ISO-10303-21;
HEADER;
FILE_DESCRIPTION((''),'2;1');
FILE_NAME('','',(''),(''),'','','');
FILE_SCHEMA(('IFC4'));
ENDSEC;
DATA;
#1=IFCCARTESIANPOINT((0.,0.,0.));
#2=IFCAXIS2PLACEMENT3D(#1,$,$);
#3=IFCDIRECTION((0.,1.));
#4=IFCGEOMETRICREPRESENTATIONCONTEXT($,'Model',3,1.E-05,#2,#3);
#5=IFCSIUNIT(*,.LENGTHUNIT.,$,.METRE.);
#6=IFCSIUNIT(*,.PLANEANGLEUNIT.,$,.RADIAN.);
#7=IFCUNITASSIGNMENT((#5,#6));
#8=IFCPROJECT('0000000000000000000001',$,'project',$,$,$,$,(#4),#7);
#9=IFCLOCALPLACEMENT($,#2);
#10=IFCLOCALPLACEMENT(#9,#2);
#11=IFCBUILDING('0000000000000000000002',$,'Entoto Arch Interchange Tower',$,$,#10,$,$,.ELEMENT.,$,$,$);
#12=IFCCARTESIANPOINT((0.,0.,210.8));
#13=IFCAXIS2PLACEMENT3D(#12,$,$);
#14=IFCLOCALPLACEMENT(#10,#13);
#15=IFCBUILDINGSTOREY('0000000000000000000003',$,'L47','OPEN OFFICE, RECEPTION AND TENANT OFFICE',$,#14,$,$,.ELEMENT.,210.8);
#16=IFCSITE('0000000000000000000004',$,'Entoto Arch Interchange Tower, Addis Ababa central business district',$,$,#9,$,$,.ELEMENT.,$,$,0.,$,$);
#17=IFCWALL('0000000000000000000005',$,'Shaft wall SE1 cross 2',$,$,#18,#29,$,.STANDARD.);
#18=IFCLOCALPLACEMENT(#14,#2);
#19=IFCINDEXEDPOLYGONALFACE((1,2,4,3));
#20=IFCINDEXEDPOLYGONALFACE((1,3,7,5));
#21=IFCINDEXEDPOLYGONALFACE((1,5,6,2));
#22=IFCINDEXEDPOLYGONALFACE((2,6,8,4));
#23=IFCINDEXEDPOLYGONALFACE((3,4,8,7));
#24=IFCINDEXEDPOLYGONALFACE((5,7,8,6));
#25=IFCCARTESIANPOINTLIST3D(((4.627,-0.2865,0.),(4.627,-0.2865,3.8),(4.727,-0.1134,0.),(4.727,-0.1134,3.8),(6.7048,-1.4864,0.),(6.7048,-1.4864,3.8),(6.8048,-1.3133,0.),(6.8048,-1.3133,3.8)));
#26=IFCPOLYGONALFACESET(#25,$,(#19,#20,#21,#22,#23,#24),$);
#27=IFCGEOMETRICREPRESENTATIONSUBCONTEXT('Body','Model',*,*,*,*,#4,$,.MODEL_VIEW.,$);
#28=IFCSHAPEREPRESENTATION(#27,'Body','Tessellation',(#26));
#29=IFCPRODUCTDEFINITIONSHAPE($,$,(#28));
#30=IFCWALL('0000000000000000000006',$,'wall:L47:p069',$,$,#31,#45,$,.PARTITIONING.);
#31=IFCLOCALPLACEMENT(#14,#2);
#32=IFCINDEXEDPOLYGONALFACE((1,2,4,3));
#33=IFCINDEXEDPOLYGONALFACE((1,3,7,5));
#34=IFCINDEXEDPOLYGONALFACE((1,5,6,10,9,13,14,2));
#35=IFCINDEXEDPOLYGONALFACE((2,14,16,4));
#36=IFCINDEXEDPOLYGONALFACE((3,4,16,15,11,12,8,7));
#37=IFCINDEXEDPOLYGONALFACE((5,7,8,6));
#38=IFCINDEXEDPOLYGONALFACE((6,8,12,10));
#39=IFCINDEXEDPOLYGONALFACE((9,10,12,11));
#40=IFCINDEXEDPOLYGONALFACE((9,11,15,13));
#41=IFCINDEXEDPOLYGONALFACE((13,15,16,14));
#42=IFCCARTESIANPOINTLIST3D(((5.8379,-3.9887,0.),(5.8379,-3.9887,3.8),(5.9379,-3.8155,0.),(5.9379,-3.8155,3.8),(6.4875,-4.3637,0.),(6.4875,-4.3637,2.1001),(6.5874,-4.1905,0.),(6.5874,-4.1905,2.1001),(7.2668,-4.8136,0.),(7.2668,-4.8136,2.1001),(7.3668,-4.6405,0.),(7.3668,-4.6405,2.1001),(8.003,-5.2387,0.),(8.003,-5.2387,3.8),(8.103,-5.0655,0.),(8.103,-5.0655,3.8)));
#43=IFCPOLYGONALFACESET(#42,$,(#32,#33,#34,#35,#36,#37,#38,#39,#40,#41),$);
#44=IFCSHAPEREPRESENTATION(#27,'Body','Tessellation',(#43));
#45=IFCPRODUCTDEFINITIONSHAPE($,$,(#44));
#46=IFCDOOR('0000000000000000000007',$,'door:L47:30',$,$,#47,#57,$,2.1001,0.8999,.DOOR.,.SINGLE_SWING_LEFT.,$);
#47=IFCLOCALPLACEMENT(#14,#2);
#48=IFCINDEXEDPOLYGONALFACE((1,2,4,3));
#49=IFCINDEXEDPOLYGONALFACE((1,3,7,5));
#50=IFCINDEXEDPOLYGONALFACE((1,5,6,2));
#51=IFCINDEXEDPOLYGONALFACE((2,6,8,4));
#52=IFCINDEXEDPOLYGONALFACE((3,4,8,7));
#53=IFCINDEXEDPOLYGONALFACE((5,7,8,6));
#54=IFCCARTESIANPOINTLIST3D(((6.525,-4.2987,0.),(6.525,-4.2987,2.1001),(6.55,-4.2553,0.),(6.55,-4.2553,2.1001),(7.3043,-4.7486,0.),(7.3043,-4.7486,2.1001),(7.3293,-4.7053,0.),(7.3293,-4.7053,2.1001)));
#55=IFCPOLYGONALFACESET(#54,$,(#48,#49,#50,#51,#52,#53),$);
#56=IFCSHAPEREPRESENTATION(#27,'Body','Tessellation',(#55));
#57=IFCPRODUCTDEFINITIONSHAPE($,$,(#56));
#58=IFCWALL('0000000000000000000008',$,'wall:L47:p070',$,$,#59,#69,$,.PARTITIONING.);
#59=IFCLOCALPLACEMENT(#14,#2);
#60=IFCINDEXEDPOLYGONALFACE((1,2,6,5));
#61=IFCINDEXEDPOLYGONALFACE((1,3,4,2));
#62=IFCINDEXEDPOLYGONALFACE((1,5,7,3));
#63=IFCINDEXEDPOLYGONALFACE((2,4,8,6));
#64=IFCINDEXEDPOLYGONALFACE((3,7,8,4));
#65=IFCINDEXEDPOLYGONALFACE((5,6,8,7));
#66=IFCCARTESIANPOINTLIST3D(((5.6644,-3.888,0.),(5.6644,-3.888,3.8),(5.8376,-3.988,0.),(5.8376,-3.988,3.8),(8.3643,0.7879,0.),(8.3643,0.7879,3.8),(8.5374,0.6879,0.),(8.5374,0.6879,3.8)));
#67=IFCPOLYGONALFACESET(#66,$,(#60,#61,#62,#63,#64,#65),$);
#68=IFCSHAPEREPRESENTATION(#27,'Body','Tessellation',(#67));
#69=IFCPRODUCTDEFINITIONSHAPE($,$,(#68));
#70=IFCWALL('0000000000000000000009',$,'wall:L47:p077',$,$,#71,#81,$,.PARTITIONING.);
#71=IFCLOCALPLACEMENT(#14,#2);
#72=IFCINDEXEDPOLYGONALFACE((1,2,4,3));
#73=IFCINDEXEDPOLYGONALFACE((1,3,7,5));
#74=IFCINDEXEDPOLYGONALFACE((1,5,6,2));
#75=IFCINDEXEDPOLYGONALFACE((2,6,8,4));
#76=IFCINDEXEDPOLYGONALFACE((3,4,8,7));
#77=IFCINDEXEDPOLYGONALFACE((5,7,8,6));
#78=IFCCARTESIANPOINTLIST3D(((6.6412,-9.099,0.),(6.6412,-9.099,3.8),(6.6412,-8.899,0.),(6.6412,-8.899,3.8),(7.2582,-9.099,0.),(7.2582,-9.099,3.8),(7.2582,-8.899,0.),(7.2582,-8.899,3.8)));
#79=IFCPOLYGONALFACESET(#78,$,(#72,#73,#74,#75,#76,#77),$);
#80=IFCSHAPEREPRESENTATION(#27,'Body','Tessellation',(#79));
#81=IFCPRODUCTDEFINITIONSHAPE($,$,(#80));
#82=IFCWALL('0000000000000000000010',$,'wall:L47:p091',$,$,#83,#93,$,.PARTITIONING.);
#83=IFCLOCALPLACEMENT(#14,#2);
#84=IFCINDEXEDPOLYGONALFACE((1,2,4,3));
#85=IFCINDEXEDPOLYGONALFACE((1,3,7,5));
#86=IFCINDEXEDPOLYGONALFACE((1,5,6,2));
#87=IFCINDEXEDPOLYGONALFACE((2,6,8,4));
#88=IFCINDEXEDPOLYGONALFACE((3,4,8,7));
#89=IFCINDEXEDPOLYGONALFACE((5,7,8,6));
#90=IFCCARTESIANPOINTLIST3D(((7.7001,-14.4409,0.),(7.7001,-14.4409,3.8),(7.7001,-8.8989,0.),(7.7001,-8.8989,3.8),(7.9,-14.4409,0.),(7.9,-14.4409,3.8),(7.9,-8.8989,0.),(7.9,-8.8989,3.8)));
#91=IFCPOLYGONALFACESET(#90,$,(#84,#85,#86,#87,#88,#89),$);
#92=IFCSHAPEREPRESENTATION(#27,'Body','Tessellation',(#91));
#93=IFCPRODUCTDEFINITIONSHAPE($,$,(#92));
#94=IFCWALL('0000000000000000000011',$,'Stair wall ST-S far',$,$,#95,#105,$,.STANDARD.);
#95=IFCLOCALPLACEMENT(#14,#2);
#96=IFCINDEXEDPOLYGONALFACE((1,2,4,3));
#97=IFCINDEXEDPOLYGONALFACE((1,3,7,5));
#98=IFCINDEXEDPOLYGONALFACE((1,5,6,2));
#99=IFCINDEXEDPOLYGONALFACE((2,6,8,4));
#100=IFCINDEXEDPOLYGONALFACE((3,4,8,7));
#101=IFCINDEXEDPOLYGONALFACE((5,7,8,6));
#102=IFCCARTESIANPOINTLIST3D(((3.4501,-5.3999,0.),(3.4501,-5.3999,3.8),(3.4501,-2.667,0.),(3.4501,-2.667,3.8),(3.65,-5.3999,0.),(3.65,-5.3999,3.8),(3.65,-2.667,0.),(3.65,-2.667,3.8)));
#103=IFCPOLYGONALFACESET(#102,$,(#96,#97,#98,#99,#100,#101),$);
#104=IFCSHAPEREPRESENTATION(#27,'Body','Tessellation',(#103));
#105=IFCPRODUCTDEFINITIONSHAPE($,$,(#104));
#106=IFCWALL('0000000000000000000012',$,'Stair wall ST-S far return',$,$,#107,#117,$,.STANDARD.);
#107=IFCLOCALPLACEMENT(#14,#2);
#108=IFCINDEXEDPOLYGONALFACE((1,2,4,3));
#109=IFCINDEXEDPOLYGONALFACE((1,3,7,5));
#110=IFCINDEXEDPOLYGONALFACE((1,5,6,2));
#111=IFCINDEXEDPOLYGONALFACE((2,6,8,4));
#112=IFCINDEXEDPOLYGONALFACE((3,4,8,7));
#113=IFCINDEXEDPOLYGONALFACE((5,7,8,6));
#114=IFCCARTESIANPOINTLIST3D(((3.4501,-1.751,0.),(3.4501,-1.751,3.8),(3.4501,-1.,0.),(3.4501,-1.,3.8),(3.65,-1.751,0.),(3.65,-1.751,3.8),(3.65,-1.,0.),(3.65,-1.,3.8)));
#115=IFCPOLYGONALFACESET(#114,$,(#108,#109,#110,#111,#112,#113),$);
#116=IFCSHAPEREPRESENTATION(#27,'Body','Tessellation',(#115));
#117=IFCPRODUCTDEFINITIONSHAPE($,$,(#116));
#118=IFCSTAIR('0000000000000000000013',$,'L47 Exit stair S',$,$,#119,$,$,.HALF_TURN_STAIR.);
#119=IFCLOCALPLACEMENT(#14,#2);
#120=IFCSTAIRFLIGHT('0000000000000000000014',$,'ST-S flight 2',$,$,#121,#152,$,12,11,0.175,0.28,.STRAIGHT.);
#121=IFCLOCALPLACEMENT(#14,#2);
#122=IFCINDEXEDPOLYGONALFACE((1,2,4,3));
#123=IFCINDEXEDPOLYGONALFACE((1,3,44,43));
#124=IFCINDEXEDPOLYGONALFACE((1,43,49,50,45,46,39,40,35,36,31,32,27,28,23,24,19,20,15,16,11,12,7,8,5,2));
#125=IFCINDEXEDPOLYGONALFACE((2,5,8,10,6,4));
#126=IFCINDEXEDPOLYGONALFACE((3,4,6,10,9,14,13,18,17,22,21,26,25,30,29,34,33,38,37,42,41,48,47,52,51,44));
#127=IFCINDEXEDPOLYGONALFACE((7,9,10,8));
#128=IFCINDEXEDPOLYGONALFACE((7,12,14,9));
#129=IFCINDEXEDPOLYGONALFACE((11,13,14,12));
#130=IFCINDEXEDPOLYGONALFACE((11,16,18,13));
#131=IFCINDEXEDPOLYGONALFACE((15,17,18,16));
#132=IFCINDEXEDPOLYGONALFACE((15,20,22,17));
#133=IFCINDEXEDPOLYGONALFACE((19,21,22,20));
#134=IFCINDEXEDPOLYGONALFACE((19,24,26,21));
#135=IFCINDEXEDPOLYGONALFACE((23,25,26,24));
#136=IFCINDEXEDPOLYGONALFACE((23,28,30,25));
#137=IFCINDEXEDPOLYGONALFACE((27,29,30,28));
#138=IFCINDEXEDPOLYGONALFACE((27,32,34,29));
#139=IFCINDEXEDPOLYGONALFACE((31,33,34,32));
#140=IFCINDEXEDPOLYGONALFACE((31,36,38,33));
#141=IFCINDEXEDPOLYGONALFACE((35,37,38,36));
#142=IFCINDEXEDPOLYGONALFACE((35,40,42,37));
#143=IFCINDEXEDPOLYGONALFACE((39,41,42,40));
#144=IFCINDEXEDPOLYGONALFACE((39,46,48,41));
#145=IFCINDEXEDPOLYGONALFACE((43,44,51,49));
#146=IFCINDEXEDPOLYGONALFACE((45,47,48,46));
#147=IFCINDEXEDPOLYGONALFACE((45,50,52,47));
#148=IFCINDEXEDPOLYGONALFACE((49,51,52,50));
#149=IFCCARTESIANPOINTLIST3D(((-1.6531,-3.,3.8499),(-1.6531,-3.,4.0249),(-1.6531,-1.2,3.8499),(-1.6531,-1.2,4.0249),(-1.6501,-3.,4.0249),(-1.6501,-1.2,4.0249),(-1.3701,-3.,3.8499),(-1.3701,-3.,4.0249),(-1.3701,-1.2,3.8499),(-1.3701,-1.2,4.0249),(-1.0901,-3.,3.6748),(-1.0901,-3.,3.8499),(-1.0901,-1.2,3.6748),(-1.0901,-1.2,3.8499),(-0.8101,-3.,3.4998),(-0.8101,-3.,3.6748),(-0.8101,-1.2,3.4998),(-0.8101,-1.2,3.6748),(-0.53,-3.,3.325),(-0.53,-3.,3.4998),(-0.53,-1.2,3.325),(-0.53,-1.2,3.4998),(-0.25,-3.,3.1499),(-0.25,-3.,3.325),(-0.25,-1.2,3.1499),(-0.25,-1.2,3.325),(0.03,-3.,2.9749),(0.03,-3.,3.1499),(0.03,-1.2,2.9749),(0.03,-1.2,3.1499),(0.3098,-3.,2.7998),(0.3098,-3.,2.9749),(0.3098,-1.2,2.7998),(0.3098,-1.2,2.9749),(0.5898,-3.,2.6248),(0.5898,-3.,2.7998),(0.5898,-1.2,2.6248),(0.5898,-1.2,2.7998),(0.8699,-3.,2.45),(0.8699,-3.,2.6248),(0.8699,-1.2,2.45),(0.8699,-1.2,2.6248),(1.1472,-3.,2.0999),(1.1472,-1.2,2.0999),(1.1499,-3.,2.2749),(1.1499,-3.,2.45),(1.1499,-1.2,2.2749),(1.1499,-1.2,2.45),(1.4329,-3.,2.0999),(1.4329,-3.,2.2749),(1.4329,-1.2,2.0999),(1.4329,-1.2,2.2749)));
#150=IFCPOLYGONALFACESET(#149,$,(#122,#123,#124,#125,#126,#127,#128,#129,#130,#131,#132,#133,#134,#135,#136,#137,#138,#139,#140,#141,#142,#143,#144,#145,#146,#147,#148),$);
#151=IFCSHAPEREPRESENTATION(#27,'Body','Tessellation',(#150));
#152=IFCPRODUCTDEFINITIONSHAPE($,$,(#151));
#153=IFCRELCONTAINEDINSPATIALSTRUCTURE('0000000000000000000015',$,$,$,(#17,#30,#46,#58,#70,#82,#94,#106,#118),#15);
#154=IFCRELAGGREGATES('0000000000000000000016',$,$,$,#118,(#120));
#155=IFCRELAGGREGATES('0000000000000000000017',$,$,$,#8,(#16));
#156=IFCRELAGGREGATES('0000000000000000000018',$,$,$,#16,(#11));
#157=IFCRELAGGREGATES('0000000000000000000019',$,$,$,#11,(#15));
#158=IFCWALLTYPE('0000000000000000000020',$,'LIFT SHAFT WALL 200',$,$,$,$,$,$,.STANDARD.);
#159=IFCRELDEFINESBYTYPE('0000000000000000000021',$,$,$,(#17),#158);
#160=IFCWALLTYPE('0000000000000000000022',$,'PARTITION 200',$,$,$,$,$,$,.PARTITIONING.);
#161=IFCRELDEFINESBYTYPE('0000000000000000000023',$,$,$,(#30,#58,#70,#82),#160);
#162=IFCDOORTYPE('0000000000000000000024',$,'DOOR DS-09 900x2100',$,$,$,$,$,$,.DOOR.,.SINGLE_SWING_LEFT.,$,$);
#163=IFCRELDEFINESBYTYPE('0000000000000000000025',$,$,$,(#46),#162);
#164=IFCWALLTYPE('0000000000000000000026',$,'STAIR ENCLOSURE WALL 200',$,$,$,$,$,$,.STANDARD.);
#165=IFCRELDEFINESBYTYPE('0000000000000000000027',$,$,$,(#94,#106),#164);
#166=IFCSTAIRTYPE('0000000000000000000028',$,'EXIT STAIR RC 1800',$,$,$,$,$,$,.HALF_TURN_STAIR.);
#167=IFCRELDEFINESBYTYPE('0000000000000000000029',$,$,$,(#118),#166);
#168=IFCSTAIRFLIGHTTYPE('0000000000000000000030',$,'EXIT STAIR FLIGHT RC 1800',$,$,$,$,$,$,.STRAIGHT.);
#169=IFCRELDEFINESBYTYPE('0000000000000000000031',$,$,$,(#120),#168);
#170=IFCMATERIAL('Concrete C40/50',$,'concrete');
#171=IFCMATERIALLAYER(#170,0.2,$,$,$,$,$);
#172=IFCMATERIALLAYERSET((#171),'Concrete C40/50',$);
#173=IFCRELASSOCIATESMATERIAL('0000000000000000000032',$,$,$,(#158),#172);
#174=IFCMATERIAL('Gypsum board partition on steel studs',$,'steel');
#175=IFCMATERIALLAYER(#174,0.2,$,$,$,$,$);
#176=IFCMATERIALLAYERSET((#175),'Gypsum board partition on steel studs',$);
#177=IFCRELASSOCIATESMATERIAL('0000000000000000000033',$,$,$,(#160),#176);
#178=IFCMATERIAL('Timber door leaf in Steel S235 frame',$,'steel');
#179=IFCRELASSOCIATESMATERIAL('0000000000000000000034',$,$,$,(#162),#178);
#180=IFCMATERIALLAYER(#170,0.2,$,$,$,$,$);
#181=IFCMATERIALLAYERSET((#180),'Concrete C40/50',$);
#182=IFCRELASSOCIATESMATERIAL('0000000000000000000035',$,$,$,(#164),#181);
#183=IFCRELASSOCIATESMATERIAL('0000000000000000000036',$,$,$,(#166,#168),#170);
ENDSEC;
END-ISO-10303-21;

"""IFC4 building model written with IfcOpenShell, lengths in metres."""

from ifc_helpers import new_model, si_unit, direction, frame, frame_2d, origin, place, context, subcontext, project, spatial, polyline, rectangle, outline, extrude, material, layer, layer_set, type_object, element, fill, aggregate, save


model = new_model("IFC4")

# Units and contexts
model_context = context("Model", 3, precision=1e-05, world=origin(), true_north=direction((0.0, 1.0)))
body_context = subcontext(model_context, "Body", "Model", "MODEL_VIEW")
ifc_project = project(units=[si_unit("LENGTHUNIT", "METRE"), si_unit("PLANEANGLEUNIT", "RADIAN")], contexts=[model_context])

# Site, building, storey
site_placement = place(None, origin())
site = spatial("IfcSite", under=ifc_project, at=site_placement, Name="Entoto Arch Interchange Tower, Addis Ababa central business district", CompositionType="ELEMENT", RefElevation=0.0)
building_placement = place(site_placement, origin())
building = spatial("IfcBuilding", under=site, at=building_placement, Name="Entoto Arch Interchange Tower", CompositionType="ELEMENT")
storey_placement = place(building_placement, frame((0.0, 0.0, 210.8)))
storey = spatial("IfcBuildingStorey", under=building, at=storey_placement, Name="L47", Description="OPEN OFFICE, RECEPTION AND TENANT OFFICE", CompositionType="ELEMENT", Elevation=210.8)

# Shared definitions
ifc_material_1 = material(Name="Concrete C40/50", Category="concrete")
ifc_layer_1 = layer(ifc_material_1, 0.2)
ifc_layer_set_1 = layer_set([ifc_layer_1], Name="Concrete C40/50")
wall_type_1 = type_object("IfcWallType", Name="LIFT SHAFT WALL 200", PredefinedType="STANDARD", material=ifc_layer_set_1)

# Wall
wall_1_placement = place(storey_placement, frame((4.677, -0.2, 0.0), z_axis=(0.0, 0.0, 1.0), x_axis=(0.865974, -0.500089, 0.0)))
element("IfcWall", 1, at=wall_1_placement, inside=storey, type_object=wall_type_1, Name="Shaft wall SE1 cross 2", PredefinedType="STANDARD", context=body_context, shape_type="SweptSolid", body=[
    extrude(rectangle(XDim=2.3994, YDim=0.2, at=frame_2d((1.1997, 0.0))), origin(), (0.0, 0.0, 1.0), 3.8),
])

# Wall, opening, door
ifc_material_2 = material(Name="Gypsum board partition on steel studs", Category="steel")
ifc_layer_2 = layer(ifc_material_2, 0.2)
ifc_layer_set_2 = layer_set([ifc_layer_2], Name="Gypsum board partition on steel studs")
wall_type_2 = type_object("IfcWallType", Name="PARTITION 200", PredefinedType="PARTITIONING", material=ifc_layer_set_2)
wall_2_placement = place(storey_placement, frame((8.053, -5.1521, 0.0), z_axis=(0.0, 0.0, 1.0), x_axis=(-0.866023, 0.500004, 0.0)))
wall_2 = element("IfcWall", 2, at=wall_2_placement, inside=storey, type_object=wall_type_2, Name="wall:L47:p069", PredefinedType="PARTITIONING", context=body_context, shape_type="SweptSolid", body=[
    extrude(rectangle(XDim=2.5, YDim=0.2, at=frame_2d((1.25, 0.0))), origin(), (0.0, 0.0, 1.0), 3.8),
])
opening_1_placement = place(wall_2_placement, frame((0.8501, 0.0, 0.0)))
opening_1 = element("IfcOpeningElement", 3, at=opening_1_placement, cuts=wall_2, PredefinedType="OPENING", context=body_context, shape_type="SweptSolid", body=[
    extrude(rectangle(XDim=0.8999, YDim=2.1001, at=frame_2d((0.45, 1.05))), frame((0.0, 0.1099, 0.0), z_axis=(0.0, -1.0, 0.0), x_axis=(1.0, 0.0, 0.0)), (0.0, 0.0, 1.0), 0.22),
])
ifc_material_3 = material(Name="Timber door leaf in Steel S235 frame", Category="steel")
door_type_1 = type_object("IfcDoorType", Name="DOOR DS-09 900x2100", OperationType="SINGLE_SWING_LEFT", PredefinedType="DOOR", material=ifc_material_3)
door_1_placement = place(opening_1_placement, origin())
door_1 = element("IfcDoor", 4, at=door_1_placement, inside=storey, type_object=door_type_1, Name="door:L47:30", OperationType="SINGLE_SWING_LEFT", OverallHeight=2.1001, OverallWidth=0.8999, PredefinedType="DOOR", context=body_context, shape_type="SweptSolid", body=[
    extrude(rectangle(XDim=0.8999, YDim=2.1001, at=frame_2d((0.45, 1.05))), frame((0.0, 0.0249, 0.0), z_axis=(0.0, -1.0, 0.0), x_axis=(1.0, 0.0, 0.0)), (0.0, 0.0, 1.0), 0.05),
])
fill(opening_1, door_1)

# Walls
wall_3_placement = place(storey_placement, frame((5.751, -3.938, 0.0), z_axis=(0.0, 0.0, 1.0), x_axis=(0.500034, 0.866006, 0.0)))
element("IfcWall", 5, at=wall_3_placement, inside=storey, type_object=wall_type_2, Name="wall:L47:p070", PredefinedType="PARTITIONING", context=body_context, shape_type="SweptSolid", body=[
    extrude(rectangle(XDim=5.3994, YDim=0.2, at=frame_2d((2.6997, 0.0))), origin(), (0.0, 0.0, 1.0), 3.8),
])
wall_4_placement = place(storey_placement, frame((6.6411, -8.999, 0.0), z_axis=(0.0, 0.0, 1.0), x_axis=(1.0, 0.0, 0.0)))
element("IfcWall", 6, at=wall_4_placement, inside=storey, type_object=wall_type_2, Name="wall:L47:p077", PredefinedType="PARTITIONING", context=body_context, shape_type="SweptSolid", body=[
    extrude(rectangle(XDim=0.6169, YDim=0.2, at=frame_2d((0.3086, 0.0))), origin(), (0.0, 0.0, 1.0), 3.8),
])
wall_5_placement = place(storey_placement, frame((7.8, -8.8989, 0.0), z_axis=(0.0, 0.0, 1.0), x_axis=(0.0, -1.0, 0.0)))
element("IfcWall", 7, at=wall_5_placement, inside=storey, type_object=wall_type_2, Name="wall:L47:p091", PredefinedType="PARTITIONING", context=body_context, shape_type="SweptSolid", body=[
    extrude(rectangle(XDim=5.542, YDim=0.2, at=frame_2d((2.771, 0.0))), origin(), (0.0, 0.0, 1.0), 3.8),
])
ifc_layer_3 = layer(ifc_material_1, 0.2)
ifc_layer_set_3 = layer_set([ifc_layer_3], Name="Concrete C40/50")
wall_type_3 = type_object("IfcWallType", Name="STAIR ENCLOSURE WALL 200", PredefinedType="STANDARD", material=ifc_layer_set_3)
wall_6_placement = place(storey_placement, frame((3.55, -2.667, 0.0), z_axis=(0.0, 0.0, 1.0), x_axis=(0.0, -1.0, 0.0)))
element("IfcWall", 8, at=wall_6_placement, inside=storey, type_object=wall_type_3, Name="Stair wall ST-S far", PredefinedType="STANDARD", context=body_context, shape_type="SweptSolid", body=[
    extrude(rectangle(XDim=2.7329, YDim=0.2, at=frame_2d((1.3665, 0.0))), origin(), (0.0, 0.0, 1.0), 3.8),
])
wall_7_placement = place(storey_placement, frame((3.55, -1.0, 0.0), z_axis=(0.0, 0.0, 1.0), x_axis=(0.0, -1.0, 0.0)))
element("IfcWall", 9, at=wall_7_placement, inside=storey, type_object=wall_type_3, Name="Stair wall ST-S far return", PredefinedType="STANDARD", context=body_context, shape_type="SweptSolid", body=[
    extrude(rectangle(XDim=0.751, YDim=0.2, at=frame_2d((0.3755, 0.0))), origin(), (0.0, 0.0, 1.0), 3.8),
])

# Stair, stair flight
stair_type = type_object("IfcStairType", Name="EXIT STAIR RC 1800", PredefinedType="HALF_TURN_STAIR", material=ifc_material_1)
stair_placement = place(storey_placement, origin())
stair = element("IfcStair", 10, at=stair_placement, inside=storey, type_object=stair_type, Name="L47 Exit stair S", PredefinedType="HALF_TURN_STAIR")
stair_flight_type = type_object("IfcStairFlightType", Name="EXIT STAIR FLIGHT RC 1800", PredefinedType="STRAIGHT", material=ifc_material_1)
stair_flight_placement = place(storey_placement, frame((1.4299, -2.1001, 2.0999), z_axis=(0.0, 0.0, 1.0), x_axis=(-1.0, 0.0, 0.0)))
stair_flight = element("IfcStairFlight", 11, at=stair_flight_placement, type_object=stair_flight_type, Name="ST-S flight 2", NumberOfRisers=12, NumberOfTreads=11, PredefinedType="STRAIGHT", RiserHeight=0.175, TreadLength=0.28, context=body_context, shape_type="SweptSolid", body=[
    extrude(outline(polyline([(-0.0029, 0.0), (-0.0029, 0.175), (0.28, 0.175), (0.28, 0.3501), (0.5601, 0.3501), (0.5601, 0.5249), (0.8401, 0.5249), (0.8401, 0.7), (1.1201, 0.7), (1.1201, 0.875), (1.3999, 0.875), (1.3999, 1.05), (1.6799, 1.05), (1.6799, 1.2251), (1.96, 1.2251), (1.96, 1.3999), (2.24, 1.3999), (2.24, 1.575), (2.52, 1.575), (2.52, 1.75), (2.8, 1.75), (2.8, 1.925), (3.0801, 1.925), (3.083, 1.925), (3.083, 1.75), (0.2827, 0.0), (-0.0029, 0.0)])), frame((0.0, 0.8999, 0.0), z_axis=(0.0, -1.0, 0.0), x_axis=(1.0, 0.0, 0.0)), (0.0, 0.0, 1.0), 1.8),
])
aggregate(stair, [stair_flight])

save(model, "model.ifc")
